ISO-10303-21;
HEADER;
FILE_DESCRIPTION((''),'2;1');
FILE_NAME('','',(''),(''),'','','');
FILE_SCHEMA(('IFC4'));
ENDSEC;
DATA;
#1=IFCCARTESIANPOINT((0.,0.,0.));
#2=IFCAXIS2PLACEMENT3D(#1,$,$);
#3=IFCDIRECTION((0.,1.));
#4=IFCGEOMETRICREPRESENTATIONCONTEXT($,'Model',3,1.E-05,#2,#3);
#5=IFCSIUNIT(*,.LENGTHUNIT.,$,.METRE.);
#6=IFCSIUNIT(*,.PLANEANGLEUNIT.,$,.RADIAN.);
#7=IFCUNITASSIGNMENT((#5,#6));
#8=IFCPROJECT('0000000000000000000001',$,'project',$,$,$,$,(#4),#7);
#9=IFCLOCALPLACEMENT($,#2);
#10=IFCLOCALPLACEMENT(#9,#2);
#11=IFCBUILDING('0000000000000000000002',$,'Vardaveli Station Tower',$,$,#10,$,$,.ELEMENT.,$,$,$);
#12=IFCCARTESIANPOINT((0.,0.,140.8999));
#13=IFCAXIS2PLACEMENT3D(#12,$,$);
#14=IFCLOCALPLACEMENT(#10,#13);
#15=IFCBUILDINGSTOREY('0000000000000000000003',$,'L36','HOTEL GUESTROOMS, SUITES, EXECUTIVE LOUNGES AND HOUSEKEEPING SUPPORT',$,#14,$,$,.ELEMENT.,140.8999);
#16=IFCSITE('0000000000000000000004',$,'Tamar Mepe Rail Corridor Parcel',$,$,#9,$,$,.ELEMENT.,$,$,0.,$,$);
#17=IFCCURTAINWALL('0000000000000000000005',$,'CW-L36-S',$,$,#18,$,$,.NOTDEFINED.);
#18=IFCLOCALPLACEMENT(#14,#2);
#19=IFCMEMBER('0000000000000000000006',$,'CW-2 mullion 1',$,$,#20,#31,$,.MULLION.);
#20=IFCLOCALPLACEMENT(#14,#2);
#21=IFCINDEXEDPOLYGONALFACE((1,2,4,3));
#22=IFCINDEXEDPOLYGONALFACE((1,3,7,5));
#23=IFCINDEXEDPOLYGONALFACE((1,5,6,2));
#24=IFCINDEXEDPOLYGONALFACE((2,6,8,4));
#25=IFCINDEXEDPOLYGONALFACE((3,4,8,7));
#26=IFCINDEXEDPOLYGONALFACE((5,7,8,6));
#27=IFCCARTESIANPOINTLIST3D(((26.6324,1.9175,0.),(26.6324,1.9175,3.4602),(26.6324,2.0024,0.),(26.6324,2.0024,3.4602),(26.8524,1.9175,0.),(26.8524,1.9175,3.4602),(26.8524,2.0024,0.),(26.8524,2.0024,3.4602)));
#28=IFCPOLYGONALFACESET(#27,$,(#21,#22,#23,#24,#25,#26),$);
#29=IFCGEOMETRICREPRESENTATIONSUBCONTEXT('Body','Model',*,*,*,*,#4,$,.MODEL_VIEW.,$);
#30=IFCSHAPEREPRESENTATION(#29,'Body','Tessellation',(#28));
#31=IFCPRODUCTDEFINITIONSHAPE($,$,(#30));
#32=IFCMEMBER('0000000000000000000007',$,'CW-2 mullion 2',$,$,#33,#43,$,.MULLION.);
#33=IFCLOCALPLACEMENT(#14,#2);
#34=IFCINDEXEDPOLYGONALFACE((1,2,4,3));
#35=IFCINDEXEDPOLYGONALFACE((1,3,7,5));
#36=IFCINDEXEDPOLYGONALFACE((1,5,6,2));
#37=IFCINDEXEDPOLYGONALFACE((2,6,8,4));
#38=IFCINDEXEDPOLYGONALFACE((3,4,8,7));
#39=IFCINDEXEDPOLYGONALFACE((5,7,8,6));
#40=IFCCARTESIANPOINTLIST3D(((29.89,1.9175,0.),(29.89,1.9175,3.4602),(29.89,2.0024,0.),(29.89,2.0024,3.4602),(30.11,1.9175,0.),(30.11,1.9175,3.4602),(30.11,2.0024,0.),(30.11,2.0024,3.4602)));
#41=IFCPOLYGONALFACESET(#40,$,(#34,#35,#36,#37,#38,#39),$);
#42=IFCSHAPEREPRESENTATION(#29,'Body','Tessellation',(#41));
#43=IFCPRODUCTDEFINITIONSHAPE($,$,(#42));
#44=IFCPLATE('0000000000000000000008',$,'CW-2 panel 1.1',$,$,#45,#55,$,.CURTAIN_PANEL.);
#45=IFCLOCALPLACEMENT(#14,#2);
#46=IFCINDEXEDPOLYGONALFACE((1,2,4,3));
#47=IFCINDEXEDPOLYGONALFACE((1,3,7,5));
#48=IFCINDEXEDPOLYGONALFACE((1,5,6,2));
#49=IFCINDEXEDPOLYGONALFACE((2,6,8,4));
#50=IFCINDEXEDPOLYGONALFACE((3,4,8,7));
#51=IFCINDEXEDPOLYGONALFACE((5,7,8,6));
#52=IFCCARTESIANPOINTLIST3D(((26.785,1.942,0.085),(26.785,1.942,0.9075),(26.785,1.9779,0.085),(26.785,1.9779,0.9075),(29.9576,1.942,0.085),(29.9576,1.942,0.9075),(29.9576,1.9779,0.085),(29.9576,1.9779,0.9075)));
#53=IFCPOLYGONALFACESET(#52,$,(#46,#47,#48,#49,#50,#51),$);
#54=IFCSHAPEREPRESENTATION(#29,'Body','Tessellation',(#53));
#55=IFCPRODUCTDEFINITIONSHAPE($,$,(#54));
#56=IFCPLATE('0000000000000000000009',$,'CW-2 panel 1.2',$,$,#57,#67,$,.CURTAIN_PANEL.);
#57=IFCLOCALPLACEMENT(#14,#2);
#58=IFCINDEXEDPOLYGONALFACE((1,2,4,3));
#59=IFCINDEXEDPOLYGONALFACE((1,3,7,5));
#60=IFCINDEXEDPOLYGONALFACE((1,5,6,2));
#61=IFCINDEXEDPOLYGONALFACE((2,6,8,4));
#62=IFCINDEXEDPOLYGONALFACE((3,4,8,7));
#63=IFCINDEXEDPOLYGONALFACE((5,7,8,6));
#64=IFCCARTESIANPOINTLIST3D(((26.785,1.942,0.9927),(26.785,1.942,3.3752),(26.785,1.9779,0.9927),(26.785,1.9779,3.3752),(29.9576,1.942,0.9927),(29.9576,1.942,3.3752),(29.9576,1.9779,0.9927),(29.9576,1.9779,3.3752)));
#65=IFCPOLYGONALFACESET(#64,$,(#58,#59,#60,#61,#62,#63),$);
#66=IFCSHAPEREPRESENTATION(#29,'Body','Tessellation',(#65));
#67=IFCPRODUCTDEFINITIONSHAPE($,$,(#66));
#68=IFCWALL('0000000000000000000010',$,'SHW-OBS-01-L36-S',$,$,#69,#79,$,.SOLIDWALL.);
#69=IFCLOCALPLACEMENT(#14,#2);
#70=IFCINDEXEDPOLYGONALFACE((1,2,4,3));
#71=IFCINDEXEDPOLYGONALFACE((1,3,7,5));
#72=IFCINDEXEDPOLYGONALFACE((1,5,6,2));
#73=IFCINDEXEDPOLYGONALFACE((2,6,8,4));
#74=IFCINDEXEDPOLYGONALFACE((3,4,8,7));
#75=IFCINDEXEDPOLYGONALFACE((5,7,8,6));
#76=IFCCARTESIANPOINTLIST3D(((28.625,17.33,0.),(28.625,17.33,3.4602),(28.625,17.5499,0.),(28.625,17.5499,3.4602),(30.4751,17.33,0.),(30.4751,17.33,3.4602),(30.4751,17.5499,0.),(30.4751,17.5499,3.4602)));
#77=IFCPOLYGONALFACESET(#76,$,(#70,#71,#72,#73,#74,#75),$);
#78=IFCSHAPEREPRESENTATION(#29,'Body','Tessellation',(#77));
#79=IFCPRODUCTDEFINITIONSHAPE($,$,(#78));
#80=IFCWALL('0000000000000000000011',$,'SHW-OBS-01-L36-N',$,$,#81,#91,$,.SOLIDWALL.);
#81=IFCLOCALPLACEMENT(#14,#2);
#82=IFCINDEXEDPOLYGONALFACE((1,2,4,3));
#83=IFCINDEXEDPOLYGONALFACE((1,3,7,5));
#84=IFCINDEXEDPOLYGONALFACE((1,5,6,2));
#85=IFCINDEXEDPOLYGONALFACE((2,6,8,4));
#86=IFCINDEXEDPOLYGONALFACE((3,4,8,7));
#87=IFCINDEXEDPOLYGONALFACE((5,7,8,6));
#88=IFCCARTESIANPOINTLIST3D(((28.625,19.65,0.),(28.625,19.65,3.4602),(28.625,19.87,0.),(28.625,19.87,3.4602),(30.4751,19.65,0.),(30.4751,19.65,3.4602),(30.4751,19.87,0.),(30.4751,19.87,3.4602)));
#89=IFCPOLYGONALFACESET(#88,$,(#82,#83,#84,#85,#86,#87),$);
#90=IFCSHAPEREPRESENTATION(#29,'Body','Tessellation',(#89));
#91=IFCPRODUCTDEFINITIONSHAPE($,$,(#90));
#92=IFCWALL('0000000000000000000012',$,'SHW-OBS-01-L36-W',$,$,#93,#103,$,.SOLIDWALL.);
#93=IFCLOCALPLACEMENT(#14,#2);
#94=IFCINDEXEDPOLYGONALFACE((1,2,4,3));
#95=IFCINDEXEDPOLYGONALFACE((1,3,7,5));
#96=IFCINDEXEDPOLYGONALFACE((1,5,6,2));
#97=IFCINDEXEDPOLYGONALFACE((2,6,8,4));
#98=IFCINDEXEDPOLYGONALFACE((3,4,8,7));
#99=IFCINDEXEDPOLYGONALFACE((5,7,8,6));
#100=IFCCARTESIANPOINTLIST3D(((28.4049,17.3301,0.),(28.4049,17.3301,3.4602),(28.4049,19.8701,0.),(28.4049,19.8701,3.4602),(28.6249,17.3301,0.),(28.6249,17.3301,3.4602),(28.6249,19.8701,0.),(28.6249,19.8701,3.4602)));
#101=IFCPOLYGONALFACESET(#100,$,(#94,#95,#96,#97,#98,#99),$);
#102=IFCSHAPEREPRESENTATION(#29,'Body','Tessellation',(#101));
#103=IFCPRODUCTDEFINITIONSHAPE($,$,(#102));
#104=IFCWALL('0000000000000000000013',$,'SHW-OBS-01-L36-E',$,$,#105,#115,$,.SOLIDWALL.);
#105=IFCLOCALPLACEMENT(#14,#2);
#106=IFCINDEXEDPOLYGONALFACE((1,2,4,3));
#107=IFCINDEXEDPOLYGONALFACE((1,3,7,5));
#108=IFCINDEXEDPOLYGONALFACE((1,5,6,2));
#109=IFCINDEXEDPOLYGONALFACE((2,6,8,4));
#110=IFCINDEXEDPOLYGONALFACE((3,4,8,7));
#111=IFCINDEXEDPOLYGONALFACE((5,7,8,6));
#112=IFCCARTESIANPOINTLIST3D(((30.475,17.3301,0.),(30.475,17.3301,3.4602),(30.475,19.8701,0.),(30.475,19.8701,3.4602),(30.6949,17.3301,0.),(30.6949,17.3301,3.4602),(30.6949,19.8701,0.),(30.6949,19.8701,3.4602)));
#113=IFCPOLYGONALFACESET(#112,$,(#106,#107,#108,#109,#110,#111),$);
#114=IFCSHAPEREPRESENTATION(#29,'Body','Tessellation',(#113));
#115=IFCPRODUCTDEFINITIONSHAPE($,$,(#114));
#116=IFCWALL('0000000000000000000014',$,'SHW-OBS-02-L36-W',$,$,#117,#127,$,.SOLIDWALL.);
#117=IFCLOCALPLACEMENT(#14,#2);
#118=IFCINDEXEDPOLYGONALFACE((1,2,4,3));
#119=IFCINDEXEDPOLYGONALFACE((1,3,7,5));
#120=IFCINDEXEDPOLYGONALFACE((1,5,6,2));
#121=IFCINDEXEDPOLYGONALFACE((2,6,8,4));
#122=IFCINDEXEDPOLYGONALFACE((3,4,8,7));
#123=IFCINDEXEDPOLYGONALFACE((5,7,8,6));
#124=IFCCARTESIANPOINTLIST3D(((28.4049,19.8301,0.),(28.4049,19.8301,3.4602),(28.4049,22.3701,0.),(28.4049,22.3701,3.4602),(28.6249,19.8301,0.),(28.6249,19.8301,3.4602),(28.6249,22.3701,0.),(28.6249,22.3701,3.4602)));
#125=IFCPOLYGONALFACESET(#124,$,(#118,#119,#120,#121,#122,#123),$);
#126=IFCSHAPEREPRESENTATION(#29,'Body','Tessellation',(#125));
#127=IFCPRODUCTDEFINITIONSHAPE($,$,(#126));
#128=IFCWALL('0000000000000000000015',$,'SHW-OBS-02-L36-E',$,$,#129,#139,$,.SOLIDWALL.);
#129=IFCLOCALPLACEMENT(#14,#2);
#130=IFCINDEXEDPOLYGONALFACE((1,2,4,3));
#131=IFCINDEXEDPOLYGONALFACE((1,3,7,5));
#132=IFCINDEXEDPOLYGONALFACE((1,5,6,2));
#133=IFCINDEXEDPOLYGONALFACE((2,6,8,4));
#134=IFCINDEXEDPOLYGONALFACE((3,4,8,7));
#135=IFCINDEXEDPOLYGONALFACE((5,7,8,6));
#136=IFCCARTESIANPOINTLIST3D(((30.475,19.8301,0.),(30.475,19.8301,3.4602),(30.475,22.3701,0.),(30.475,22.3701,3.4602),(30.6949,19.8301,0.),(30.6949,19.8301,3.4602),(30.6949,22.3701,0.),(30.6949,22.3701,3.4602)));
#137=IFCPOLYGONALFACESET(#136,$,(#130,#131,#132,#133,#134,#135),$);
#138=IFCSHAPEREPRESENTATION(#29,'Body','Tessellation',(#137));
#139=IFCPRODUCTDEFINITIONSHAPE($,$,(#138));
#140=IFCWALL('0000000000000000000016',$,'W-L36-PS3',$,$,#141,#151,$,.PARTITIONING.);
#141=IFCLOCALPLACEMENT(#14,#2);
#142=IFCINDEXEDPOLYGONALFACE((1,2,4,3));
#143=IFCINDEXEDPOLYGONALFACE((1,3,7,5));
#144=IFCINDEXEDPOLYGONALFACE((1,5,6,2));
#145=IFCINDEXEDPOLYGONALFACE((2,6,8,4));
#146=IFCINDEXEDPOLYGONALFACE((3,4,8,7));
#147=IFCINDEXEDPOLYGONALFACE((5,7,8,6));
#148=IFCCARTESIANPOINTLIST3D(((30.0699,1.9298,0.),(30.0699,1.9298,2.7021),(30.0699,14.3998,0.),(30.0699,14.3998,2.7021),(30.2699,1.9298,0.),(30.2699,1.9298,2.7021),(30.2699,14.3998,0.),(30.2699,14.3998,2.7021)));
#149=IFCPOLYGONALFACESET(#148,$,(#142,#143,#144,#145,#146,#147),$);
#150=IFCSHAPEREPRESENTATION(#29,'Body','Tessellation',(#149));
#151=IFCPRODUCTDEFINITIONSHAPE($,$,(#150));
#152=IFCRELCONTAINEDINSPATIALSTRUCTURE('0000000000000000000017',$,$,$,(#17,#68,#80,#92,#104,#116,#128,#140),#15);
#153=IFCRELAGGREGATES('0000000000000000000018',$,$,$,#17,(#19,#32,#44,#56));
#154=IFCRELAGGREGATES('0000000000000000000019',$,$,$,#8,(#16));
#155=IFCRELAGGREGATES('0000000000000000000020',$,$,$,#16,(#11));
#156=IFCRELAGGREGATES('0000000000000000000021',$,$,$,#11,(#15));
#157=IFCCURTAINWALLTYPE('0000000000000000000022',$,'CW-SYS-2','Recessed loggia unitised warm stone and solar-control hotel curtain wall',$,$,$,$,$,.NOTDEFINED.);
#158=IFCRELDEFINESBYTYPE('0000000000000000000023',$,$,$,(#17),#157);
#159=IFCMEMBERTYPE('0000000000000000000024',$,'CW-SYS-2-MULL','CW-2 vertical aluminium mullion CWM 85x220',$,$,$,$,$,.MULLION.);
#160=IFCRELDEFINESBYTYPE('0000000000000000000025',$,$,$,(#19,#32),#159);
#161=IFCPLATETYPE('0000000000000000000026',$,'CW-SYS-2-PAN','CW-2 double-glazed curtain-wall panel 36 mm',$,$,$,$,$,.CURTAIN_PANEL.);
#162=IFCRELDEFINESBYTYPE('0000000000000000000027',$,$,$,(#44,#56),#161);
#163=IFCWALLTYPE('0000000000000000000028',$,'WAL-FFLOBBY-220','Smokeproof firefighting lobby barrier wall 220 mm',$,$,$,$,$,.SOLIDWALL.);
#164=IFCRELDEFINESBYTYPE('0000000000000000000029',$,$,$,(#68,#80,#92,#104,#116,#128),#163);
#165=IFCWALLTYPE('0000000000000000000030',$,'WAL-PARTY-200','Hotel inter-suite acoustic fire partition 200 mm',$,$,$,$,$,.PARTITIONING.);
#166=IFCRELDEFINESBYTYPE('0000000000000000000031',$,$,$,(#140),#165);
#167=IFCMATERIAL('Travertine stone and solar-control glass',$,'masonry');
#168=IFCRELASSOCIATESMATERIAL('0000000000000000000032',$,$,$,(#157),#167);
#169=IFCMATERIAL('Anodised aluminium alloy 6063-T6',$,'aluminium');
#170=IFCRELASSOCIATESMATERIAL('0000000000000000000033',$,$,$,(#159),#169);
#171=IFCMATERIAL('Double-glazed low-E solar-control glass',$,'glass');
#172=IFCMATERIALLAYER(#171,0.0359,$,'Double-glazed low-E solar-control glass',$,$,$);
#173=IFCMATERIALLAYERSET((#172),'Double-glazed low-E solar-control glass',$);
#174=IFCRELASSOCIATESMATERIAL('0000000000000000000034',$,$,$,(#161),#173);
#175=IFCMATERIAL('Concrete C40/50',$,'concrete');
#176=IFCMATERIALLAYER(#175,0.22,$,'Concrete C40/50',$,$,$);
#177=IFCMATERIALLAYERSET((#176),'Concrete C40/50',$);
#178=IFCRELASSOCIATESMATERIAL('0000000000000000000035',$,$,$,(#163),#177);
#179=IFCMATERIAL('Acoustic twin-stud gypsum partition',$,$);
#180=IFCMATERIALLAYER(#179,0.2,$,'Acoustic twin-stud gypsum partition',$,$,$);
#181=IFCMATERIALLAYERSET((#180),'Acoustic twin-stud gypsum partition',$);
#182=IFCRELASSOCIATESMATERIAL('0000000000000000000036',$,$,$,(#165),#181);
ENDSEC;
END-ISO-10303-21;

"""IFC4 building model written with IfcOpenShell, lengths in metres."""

from ifc_helpers import new_model, si_unit, direction, frame, frame_2d, origin, origin_2d, place, context, subcontext, project, spatial, rectangle, extrude, source, transform, mapped, material, layer, layer_set, material_profile, profile_set, type_object, element, aggregate, save


model = new_model("IFC4")

# Units and contexts
model_context = context("Model", 3, precision=1e-05, world=origin(), true_north=direction((0.0, 1.0)))
body_context = subcontext(model_context, "Body", "Model", "MODEL_VIEW")
ifc_project = project(units=[si_unit("LENGTHUNIT", "METRE"), si_unit("PLANEANGLEUNIT", "RADIAN")], contexts=[model_context])

# Site, building, storey
site_placement = place(None, origin())
site = spatial("IfcSite", under=ifc_project, at=site_placement, Name="Tamar Mepe Rail Corridor Parcel", CompositionType="ELEMENT", RefElevation=0.0)
building_placement = place(site_placement, origin())
building = spatial("IfcBuilding", under=site, at=building_placement, Name="Vardaveli Station Tower", CompositionType="ELEMENT")
storey_placement = place(building_placement, frame((0.0, 0.0, 140.8999)))
storey = spatial("IfcBuildingStorey", under=building, at=storey_placement, Name="L36", Description="HOTEL GUESTROOMS, SUITES, EXECUTIVE LOUNGES AND HOUSEKEEPING SUPPORT", CompositionType="ELEMENT", Elevation=140.8999)

# Curtain wall, members, plates
ifc_material_1 = material(Name="Travertine stone and solar-control glass", Category="masonry")
curtain_wall_type = type_object("IfcCurtainWallType", Name="CW-SYS-2", Description="Recessed loggia unitised warm stone and solar-control hotel curtain wall", PredefinedType="NOTDEFINED", material=ifc_material_1)
curtain_wall_placement = place(storey_placement, origin())
curtain_wall = element("IfcCurtainWall", 1, at=curtain_wall_placement, inside=storey, type_object=curtain_wall_type, Name="CW-L36-S", PredefinedType="NOTDEFINED")
ifc_material_2 = material(Name="Anodised aluminium alloy 6063-T6", Category="aluminium")
ifc_material_profile_1 = material_profile(ifc_material_2, rectangle(XDim=0.085, YDim=0.22, at=origin_2d()), Name="CWM 85x220")
ifc_profile_set_1 = profile_set([ifc_material_profile_1], Name="Anodised aluminium alloy 6063-T6")
member_type_1 = type_object("IfcMemberType", Name="CW-SYS-2-MULL", Description="CW-2 vertical aluminium mullion CWM 85x220", PredefinedType="MULLION", material=ifc_profile_set_1)
shared_shape_1 = source(origin(), body_context, "Body", "SweptSolid", [
    extrude(rectangle(XDim=0.085, YDim=0.22, at=origin_2d()), origin(), (0.0, 0.0, 1.0), 3.4602),
])
member_1_placement = place(storey_placement, frame((26.7424, 1.96, 0.0), z_axis=(0.0, 0.0, 1.0), x_axis=(0.0, 1.0, 0.0)))
member_1 = element("IfcMember", 2, at=member_1_placement, type_object=member_type_1, Name="CW-2 mullion 1", PredefinedType="MULLION", context=body_context, shape_type="MappedRepresentation", body=[
    mapped(shared_shape_1, transform((0.0, 0.0, 0.0), scale=1.0)),
])
member_2_placement = place(storey_placement, frame((30.0, 1.96, 0.0), z_axis=(0.0, 0.0, 1.0), x_axis=(0.0, 1.0, 0.0)))
member_2 = element("IfcMember", 3, at=member_2_placement, type_object=member_type_1, Name="CW-2 mullion 2", PredefinedType="MULLION", context=body_context, shape_type="MappedRepresentation", body=[
    mapped(shared_shape_1, transform((0.0, 0.0, 0.0), scale=1.0)),
])
ifc_material_3 = material(Name="Double-glazed low-E solar-control glass", Category="glass")
ifc_layer_1 = layer(ifc_material_3, 0.0359, Name="Double-glazed low-E solar-control glass")
ifc_layer_set_1 = layer_set([ifc_layer_1], Name="Double-glazed low-E solar-control glass")
plate_type = type_object("IfcPlateType", Name="CW-SYS-2-PAN", Description="CW-2 double-glazed curtain-wall panel 36 mm", PredefinedType="CURTAIN_PANEL", material=ifc_layer_set_1)
shared_shape_2 = source(origin(), body_context, "Body", "SweptSolid", [
    extrude(rectangle(XDim=3.1726, YDim=0.0359, at=origin_2d()), origin(), (0.0, 0.0, 1.0), 0.8225),
])
plate_1_placement = place(storey_placement, frame((28.3713, 1.96, 0.085), z_axis=(0.0, 0.0, 1.0), x_axis=(1.0, 0.0, 0.0)))
plate_1 = element("IfcPlate", 4, at=plate_1_placement, type_object=plate_type, Name="CW-2 panel 1.1", PredefinedType="CURTAIN_PANEL", context=body_context, shape_type="MappedRepresentation", body=[
    mapped(shared_shape_2, transform((0.0, 0.0, 0.0), scale=1.0)),
])
shared_shape_3 = source(origin(), body_context, "Body", "SweptSolid", [
    extrude(rectangle(XDim=3.1726, YDim=0.0359, at=origin_2d()), origin(), (0.0, 0.0, 1.0), 2.3826),
])
plate_2_placement = place(storey_placement, frame((28.3713, 1.96, 0.9927), z_axis=(0.0, 0.0, 1.0), x_axis=(1.0, 0.0, 0.0)))
plate_2 = element("IfcPlate", 5, at=plate_2_placement, type_object=plate_type, Name="CW-2 panel 1.2", PredefinedType="CURTAIN_PANEL", context=body_context, shape_type="MappedRepresentation", body=[
    mapped(shared_shape_3, transform((0.0, 0.0, 0.0), scale=1.0)),
])
aggregate(curtain_wall, [member_1, member_2, plate_1, plate_2])

# Walls
ifc_material_4 = material(Name="Concrete C40/50", Category="concrete")
ifc_layer_2 = layer(ifc_material_4, 0.22, Name="Concrete C40/50")
ifc_layer_set_2 = layer_set([ifc_layer_2], Name="Concrete C40/50")
wall_type_1 = type_object("IfcWallType", Name="WAL-FFLOBBY-220", Description="Smokeproof firefighting lobby barrier wall 220 mm", PredefinedType="SOLIDWALL", material=ifc_layer_set_2)
shared_shape_4 = source(origin(), body_context, "Body", "SweptSolid", [
    extrude(rectangle(XDim=1.8501, YDim=0.22, at=frame_2d((0.925, 0.0))), origin(), (0.0, 0.0, 1.0), 3.4602),
])
for number, where, z_axis, x_axis, name in (
    (6, (28.625, 17.4399, 0.0), (0.0, 0.0, 1.0), (1.0, 0.0, 0.0), "SHW-OBS-01-L36-S"),
    (7, (28.625, 19.76, 0.0), (0.0, 0.0, 1.0), (1.0, 0.0, 0.0), "SHW-OBS-01-L36-N"),
):
    element("IfcWall", number, at=place(storey_placement, frame(where, z_axis=z_axis, x_axis=x_axis)), inside=storey, type_object=wall_type_1, Name=name, PredefinedType="SOLIDWALL", context=body_context, shape_type="MappedRepresentation", body=[
        mapped(shared_shape_4, transform((0.0, 0.0, 0.0), scale=1.0)),
    ])
shared_shape_5 = source(origin(), body_context, "Body", "SweptSolid", [
    extrude(rectangle(XDim=2.54, YDim=0.22, at=frame_2d((1.27, 0.0))), origin(), (0.0, 0.0, 1.0), 3.4602),
])
for number, where, z_axis, x_axis, name in (
    (8, (28.5149, 17.3301, 0.0), (0.0, 0.0, 1.0), (0.0, 1.0, 0.0), "SHW-OBS-01-L36-W"),
    (9, (30.585, 17.3301, 0.0), (0.0, 0.0, 1.0), (0.0, 1.0, 0.0), "SHW-OBS-01-L36-E"),
    (10, (28.5149, 19.8301, 0.0), (0.0, 0.0, 1.0), (0.0, 1.0, 0.0), "SHW-OBS-02-L36-W"),
    (11, (30.585, 19.8301, 0.0), (0.0, 0.0, 1.0), (0.0, 1.0, 0.0), "SHW-OBS-02-L36-E"),
):
    element("IfcWall", number, at=place(storey_placement, frame(where, z_axis=z_axis, x_axis=x_axis)), inside=storey, type_object=wall_type_1, Name=name, PredefinedType="SOLIDWALL", context=body_context, shape_type="MappedRepresentation", body=[
        mapped(shared_shape_5, transform((0.0, 0.0, 0.0), scale=1.0)),
    ])
ifc_material_5 = material(Name="Acoustic twin-stud gypsum partition")
ifc_layer_3 = layer(ifc_material_5, 0.2, Name="Acoustic twin-stud gypsum partition")
ifc_layer_set_3 = layer_set([ifc_layer_3], Name="Acoustic twin-stud gypsum partition")
wall_type_2 = type_object("IfcWallType", Name="WAL-PARTY-200", Description="Hotel inter-suite acoustic fire partition 200 mm", PredefinedType="PARTITIONING", material=ifc_layer_set_3)
shared_shape_6 = source(origin(), body_context, "Body", "SweptSolid", [
    extrude(rectangle(XDim=12.47, YDim=0.2, at=frame_2d((6.2349, 0.0))), origin(), (0.0, 0.0, 1.0), 2.7021),
])
wall_placement = place(storey_placement, frame((30.1699, 1.9299, 0.0), z_axis=(0.0, 0.0, 1.0), x_axis=(0.0, 1.0, 0.0)))
element("IfcWall", 12, at=wall_placement, inside=storey, type_object=wall_type_2, Name="W-L36-PS3", PredefinedType="PARTITIONING", context=body_context, shape_type="MappedRepresentation", body=[
    mapped(shared_shape_6, transform((0.0, 0.0, 0.0), scale=1.0)),
])

save(model, "model.ifc")
